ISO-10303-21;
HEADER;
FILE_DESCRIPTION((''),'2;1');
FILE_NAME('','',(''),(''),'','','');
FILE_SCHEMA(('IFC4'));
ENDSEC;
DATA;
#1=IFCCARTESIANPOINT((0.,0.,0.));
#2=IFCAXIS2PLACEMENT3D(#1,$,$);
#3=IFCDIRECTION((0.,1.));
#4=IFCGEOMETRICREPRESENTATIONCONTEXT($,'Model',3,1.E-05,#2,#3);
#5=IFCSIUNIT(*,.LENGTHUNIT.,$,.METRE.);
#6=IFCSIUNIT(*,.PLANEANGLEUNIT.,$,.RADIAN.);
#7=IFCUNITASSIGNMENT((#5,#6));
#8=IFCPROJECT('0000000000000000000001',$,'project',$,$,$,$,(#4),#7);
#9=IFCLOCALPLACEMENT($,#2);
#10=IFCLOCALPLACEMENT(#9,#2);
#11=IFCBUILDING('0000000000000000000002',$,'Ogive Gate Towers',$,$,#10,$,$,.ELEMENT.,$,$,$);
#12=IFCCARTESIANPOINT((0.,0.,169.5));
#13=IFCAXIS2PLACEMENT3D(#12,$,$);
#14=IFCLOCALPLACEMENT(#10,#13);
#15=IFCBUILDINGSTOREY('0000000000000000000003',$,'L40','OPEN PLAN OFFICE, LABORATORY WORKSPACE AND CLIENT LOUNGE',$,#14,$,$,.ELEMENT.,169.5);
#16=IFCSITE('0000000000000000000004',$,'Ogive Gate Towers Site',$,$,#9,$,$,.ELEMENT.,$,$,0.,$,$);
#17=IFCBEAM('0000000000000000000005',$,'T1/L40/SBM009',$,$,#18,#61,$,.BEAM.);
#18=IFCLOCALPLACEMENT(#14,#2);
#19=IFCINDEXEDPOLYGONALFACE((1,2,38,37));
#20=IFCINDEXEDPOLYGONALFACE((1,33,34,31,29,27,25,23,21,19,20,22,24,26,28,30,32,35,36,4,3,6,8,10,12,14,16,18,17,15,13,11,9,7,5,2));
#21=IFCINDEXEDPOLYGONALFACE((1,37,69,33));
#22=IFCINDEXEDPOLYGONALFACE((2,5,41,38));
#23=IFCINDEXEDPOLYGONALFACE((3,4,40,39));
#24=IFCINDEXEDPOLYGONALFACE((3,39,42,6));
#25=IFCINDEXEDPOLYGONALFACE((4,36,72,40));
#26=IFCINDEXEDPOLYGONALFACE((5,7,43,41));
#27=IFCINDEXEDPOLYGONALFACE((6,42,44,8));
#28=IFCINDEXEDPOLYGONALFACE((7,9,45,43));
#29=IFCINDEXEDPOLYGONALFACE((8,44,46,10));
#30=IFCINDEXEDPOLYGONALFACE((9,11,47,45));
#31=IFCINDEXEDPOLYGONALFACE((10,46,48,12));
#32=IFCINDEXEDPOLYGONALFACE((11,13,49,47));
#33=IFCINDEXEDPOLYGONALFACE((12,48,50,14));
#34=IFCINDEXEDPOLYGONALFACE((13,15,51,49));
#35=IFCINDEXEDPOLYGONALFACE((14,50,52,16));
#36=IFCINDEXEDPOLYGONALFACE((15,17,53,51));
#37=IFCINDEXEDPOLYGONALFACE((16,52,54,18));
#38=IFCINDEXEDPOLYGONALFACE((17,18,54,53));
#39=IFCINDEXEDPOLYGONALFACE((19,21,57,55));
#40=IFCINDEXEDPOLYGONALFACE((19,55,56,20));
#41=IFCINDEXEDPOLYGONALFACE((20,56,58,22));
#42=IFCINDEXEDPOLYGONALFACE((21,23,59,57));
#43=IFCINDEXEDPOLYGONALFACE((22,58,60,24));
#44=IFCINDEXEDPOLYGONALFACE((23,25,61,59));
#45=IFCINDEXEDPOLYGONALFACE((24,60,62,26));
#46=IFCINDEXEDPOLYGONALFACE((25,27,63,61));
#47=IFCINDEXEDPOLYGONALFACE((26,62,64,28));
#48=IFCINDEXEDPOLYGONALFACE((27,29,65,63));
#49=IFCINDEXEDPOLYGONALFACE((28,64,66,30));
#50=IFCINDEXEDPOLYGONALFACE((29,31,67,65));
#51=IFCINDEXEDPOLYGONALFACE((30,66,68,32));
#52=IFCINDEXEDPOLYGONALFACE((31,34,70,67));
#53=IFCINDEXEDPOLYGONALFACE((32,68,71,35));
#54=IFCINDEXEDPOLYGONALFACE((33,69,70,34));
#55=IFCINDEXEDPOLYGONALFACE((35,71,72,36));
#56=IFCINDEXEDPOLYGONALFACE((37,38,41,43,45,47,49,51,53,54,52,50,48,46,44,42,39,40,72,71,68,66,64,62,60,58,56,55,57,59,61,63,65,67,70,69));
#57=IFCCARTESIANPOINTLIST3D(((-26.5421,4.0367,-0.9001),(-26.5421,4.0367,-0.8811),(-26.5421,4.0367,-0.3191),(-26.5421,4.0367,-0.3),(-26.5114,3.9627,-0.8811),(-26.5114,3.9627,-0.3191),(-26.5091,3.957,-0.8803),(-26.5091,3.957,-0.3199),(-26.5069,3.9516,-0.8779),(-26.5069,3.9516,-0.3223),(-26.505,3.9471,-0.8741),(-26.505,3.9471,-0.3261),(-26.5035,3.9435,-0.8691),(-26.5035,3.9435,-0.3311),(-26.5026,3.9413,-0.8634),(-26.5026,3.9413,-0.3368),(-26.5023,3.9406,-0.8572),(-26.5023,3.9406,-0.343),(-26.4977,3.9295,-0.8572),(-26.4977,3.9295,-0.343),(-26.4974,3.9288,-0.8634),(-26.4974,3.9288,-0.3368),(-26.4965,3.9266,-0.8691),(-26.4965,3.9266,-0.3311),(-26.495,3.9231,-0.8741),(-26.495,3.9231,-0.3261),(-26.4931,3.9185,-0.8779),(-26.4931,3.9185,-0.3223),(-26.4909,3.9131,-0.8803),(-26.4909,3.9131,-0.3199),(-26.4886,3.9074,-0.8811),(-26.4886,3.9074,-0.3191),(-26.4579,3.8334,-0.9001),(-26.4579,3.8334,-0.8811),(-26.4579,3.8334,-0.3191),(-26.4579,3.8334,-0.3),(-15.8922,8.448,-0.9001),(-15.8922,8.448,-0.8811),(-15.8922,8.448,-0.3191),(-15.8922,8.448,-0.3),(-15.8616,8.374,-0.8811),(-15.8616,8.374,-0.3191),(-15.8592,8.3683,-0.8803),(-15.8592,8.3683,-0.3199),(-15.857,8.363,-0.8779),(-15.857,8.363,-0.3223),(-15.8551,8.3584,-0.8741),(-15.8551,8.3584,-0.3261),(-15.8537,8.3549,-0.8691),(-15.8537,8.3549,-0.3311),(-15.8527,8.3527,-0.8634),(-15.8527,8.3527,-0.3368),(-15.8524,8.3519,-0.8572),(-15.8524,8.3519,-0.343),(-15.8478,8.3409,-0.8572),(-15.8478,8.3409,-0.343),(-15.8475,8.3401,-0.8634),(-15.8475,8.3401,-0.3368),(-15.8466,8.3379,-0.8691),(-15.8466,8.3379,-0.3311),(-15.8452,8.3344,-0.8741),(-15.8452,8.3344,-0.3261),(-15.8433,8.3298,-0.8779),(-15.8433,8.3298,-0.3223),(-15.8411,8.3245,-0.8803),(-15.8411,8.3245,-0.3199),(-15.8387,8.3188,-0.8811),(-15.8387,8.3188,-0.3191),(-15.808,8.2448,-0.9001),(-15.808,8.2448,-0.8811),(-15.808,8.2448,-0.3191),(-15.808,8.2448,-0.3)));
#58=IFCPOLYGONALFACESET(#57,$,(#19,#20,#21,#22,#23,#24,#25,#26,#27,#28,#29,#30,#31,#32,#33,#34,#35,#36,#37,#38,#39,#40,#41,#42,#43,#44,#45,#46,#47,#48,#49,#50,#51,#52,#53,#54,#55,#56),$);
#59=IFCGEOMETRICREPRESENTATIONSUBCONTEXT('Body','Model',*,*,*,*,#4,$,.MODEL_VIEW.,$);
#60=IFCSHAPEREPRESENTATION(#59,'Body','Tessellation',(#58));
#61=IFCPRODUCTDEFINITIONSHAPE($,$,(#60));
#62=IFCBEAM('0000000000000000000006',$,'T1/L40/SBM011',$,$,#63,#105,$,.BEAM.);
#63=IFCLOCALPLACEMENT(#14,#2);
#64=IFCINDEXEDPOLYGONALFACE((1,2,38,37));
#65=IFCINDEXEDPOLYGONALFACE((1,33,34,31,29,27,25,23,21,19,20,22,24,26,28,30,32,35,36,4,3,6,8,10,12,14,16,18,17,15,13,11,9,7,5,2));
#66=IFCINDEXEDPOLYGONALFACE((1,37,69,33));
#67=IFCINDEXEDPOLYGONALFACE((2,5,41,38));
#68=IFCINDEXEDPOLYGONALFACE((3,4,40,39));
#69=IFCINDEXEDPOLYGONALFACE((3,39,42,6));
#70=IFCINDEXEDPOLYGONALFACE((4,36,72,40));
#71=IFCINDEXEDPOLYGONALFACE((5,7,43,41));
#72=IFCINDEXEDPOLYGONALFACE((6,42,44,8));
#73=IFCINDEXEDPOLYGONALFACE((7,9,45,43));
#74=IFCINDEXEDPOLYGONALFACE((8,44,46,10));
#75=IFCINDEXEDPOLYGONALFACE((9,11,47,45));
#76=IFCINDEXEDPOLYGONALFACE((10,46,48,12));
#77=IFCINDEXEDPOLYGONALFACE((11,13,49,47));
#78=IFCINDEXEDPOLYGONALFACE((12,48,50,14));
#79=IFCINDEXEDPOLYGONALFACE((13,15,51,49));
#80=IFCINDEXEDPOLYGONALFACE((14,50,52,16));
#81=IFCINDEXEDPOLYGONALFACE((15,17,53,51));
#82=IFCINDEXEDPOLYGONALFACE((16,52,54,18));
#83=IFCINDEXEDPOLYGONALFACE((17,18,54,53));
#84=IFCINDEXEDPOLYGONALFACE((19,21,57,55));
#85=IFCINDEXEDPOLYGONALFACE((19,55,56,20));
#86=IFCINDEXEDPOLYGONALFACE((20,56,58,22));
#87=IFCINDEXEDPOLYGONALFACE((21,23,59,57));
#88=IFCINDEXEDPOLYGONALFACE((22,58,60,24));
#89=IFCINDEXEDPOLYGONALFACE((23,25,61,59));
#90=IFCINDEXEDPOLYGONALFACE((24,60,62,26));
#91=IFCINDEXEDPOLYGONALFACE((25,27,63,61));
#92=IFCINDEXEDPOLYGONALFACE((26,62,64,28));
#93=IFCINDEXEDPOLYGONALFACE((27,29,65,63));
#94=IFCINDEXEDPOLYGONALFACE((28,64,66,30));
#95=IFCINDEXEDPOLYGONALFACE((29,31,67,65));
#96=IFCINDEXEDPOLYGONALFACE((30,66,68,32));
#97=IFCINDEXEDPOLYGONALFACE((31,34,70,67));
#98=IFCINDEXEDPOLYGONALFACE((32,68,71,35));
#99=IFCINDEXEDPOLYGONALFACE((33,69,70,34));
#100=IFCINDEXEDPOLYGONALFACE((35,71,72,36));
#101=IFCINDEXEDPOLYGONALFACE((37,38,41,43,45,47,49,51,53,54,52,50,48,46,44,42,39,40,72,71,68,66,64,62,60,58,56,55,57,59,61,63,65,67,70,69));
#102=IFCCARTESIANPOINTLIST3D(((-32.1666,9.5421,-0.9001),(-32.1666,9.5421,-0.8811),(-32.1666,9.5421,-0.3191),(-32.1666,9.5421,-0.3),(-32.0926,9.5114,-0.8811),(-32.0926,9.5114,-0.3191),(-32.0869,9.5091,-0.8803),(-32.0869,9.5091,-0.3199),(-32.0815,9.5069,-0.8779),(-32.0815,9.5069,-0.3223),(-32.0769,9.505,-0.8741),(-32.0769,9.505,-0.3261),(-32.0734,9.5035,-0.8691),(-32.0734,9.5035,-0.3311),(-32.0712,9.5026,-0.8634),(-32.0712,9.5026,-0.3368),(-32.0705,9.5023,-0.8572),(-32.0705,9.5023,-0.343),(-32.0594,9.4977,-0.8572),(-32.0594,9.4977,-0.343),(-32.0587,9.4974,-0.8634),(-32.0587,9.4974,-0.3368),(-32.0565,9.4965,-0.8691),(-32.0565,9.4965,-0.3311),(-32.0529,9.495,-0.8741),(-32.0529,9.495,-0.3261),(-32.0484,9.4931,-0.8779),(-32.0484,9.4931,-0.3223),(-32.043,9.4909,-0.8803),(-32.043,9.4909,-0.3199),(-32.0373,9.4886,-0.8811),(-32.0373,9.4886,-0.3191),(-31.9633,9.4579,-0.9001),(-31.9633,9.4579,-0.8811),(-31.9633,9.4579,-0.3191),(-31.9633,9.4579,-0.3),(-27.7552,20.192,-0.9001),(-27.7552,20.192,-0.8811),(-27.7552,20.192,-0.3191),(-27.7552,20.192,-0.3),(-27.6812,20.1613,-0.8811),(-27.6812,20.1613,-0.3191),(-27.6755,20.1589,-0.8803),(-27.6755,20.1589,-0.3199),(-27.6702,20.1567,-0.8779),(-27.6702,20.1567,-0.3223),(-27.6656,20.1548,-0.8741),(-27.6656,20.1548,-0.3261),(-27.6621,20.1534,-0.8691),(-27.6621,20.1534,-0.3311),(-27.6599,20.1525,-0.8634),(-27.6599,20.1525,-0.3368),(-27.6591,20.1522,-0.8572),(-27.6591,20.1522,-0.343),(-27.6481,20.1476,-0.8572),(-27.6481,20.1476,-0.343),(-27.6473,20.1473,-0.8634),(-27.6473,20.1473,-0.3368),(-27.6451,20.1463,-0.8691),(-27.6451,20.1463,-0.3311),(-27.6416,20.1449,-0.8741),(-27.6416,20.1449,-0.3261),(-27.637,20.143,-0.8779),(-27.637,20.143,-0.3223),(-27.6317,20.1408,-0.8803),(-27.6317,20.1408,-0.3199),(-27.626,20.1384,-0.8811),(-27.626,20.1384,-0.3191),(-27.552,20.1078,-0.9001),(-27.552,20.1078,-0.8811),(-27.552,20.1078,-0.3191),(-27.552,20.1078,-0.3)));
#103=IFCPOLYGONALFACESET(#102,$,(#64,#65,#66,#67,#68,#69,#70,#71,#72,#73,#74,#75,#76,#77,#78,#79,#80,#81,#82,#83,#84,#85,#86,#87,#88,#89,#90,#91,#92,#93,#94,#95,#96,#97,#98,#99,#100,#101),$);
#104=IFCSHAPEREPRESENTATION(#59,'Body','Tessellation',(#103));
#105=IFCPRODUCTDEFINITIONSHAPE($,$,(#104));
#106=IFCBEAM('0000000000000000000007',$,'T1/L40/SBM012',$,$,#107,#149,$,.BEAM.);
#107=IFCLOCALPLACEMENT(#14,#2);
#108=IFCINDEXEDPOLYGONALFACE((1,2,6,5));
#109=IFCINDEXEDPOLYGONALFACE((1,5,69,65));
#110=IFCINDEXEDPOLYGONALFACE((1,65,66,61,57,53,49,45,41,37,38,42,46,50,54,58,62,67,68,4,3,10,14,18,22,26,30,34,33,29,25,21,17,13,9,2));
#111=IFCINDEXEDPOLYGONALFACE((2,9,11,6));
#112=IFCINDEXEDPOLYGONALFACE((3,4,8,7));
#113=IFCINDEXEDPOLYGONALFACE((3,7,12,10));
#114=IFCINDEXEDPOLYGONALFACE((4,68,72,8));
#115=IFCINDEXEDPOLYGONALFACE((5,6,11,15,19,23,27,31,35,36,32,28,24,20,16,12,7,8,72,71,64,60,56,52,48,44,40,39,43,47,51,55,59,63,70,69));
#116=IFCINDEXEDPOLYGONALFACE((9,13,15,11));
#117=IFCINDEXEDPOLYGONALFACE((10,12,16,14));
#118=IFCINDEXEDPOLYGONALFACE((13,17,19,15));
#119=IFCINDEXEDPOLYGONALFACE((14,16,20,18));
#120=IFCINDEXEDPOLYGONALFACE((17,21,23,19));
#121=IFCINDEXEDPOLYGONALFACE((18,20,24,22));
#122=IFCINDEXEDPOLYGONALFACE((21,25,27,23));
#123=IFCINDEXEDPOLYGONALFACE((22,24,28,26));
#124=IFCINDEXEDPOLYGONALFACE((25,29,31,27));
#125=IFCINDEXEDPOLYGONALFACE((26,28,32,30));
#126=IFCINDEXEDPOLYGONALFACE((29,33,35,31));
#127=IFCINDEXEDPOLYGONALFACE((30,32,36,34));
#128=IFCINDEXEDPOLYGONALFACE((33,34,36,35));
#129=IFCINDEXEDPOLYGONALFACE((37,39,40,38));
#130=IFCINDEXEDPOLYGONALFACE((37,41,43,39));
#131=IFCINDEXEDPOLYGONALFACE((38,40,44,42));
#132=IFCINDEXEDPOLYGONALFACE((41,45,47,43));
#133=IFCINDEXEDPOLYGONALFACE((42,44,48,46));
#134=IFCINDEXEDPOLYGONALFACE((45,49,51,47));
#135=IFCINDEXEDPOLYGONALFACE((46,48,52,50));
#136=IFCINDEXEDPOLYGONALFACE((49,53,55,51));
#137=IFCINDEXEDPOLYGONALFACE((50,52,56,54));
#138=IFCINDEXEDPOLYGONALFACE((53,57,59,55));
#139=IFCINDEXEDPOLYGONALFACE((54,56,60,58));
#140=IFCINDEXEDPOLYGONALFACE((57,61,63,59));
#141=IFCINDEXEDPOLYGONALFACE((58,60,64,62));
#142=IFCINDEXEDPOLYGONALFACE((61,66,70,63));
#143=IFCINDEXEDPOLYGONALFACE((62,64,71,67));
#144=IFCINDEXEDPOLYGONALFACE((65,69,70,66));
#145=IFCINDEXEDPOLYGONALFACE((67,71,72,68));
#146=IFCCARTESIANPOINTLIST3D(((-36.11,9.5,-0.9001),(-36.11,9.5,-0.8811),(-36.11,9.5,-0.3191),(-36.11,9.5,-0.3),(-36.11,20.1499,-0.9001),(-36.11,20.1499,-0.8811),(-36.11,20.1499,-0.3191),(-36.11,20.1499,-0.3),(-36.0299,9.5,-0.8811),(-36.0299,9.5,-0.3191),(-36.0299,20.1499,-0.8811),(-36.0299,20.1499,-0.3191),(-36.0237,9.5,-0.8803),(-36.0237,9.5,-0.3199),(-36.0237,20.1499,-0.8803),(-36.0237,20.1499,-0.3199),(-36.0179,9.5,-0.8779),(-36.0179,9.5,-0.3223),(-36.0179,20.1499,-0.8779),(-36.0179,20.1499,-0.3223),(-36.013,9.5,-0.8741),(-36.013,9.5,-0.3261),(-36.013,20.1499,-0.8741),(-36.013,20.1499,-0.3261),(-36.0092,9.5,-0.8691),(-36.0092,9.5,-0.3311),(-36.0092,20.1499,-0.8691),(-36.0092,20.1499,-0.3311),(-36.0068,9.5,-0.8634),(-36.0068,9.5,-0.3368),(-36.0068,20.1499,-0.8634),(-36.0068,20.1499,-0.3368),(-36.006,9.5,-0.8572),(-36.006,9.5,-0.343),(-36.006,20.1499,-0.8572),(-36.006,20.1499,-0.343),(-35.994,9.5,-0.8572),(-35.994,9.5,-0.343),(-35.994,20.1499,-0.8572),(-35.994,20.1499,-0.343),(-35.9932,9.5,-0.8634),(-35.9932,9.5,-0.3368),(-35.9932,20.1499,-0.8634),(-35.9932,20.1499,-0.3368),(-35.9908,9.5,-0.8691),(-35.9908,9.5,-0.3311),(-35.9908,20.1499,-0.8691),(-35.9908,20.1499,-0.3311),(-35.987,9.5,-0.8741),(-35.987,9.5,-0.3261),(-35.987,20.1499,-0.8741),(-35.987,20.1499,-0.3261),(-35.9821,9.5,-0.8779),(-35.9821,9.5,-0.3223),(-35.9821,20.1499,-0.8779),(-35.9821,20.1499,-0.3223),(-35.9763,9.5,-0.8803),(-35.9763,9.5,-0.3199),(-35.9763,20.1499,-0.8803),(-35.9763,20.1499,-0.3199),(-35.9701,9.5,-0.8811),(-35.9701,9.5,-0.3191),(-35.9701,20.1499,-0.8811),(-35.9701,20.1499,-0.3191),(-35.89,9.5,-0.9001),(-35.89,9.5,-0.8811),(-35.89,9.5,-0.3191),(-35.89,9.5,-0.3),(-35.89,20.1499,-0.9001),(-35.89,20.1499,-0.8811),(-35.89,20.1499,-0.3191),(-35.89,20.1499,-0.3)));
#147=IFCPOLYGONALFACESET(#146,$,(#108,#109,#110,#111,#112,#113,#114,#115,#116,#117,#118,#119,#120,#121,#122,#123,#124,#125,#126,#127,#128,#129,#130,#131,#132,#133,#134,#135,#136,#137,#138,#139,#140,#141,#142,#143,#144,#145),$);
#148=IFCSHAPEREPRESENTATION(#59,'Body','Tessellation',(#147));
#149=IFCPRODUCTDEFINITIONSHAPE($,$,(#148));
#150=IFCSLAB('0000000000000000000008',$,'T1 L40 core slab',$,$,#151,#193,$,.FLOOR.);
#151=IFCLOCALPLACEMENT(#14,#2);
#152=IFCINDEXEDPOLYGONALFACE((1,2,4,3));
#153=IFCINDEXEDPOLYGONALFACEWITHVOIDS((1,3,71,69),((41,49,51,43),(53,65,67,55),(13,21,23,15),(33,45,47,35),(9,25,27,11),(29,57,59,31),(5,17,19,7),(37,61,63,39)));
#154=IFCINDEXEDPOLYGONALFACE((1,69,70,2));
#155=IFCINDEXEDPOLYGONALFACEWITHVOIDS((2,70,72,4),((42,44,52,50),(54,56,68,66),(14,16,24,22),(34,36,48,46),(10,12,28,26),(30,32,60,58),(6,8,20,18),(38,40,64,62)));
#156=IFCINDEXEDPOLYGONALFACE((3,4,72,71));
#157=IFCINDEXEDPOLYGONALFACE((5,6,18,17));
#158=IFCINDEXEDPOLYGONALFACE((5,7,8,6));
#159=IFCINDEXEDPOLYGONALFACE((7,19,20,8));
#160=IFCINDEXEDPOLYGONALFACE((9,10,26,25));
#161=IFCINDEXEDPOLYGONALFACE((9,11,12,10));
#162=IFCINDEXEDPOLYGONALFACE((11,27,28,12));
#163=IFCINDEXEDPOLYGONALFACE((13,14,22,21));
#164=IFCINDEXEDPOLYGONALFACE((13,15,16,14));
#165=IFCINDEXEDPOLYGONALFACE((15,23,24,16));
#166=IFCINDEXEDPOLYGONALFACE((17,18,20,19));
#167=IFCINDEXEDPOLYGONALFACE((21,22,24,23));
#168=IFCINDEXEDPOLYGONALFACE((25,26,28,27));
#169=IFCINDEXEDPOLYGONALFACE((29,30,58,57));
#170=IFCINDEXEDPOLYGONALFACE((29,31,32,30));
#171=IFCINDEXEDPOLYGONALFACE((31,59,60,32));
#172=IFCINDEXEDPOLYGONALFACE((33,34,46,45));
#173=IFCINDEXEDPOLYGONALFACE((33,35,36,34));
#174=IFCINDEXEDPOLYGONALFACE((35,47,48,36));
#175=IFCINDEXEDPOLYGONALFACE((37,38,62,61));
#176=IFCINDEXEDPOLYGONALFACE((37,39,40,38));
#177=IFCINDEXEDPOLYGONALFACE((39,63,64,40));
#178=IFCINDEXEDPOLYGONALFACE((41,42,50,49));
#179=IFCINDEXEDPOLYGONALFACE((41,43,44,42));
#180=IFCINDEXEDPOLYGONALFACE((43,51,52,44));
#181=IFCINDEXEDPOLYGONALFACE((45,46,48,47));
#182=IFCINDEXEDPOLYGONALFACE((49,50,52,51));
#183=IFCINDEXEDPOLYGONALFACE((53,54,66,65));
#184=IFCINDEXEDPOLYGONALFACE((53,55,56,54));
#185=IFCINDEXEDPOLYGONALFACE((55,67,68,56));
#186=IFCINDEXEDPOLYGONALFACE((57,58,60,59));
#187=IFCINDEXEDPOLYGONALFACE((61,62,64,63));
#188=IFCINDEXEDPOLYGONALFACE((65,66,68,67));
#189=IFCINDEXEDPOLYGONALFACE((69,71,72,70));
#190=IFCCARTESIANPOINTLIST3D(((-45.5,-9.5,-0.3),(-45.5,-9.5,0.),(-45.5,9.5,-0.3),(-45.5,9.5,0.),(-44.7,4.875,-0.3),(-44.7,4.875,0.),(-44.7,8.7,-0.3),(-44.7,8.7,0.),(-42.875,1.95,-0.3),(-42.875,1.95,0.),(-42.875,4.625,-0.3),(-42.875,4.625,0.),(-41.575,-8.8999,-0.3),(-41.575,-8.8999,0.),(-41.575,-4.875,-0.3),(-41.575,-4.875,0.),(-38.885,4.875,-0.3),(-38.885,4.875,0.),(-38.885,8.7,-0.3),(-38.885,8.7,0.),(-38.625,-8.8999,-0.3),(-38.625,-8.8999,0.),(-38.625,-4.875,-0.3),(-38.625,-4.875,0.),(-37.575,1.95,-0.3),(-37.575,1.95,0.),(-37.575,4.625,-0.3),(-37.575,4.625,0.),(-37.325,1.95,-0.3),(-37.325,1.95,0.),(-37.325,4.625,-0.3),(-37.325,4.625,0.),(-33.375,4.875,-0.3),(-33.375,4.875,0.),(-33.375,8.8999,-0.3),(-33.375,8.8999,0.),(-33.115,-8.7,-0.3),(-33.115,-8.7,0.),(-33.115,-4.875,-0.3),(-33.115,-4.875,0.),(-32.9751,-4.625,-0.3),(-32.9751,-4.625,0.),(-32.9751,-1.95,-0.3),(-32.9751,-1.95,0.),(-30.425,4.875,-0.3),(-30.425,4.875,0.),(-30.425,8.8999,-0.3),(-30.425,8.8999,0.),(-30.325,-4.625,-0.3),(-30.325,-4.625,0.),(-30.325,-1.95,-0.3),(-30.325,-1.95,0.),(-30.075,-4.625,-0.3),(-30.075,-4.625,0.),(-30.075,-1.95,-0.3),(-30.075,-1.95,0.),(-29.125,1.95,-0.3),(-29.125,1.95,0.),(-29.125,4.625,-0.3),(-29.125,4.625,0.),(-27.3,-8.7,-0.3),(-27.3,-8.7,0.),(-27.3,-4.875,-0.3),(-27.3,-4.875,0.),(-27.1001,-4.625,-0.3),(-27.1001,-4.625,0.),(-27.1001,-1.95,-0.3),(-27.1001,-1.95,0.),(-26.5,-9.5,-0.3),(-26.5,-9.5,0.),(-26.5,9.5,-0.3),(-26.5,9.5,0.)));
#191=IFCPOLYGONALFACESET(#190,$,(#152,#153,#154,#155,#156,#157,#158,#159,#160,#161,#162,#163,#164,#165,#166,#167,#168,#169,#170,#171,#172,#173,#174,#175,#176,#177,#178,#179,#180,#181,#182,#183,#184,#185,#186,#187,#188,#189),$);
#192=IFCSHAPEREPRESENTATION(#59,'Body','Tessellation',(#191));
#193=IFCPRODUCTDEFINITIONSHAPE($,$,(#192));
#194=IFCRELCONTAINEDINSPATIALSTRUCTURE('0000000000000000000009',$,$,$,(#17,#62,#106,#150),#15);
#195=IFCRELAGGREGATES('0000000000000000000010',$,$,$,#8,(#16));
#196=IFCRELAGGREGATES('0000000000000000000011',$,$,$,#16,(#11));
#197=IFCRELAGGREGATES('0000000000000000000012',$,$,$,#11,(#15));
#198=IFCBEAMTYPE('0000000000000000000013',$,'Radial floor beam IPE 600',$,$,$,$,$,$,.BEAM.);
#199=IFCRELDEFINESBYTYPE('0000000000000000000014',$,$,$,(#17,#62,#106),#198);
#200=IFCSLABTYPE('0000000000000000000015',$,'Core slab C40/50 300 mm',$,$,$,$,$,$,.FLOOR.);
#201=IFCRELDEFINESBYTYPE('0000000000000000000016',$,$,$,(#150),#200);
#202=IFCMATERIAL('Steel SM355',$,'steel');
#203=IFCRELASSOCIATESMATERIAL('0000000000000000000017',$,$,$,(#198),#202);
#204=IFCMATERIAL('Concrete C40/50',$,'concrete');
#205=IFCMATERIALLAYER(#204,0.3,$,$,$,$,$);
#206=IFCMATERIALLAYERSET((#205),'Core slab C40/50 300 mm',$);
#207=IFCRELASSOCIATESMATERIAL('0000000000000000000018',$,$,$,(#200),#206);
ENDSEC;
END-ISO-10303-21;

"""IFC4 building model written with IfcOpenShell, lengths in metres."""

from ifc_helpers import new_model, si_unit, direction, frame, origin, origin_2d, place, context, subcontext, project, spatial, polyline, i_section, outline, extrude, material, layer, layer_set, material_profile, profile_set, type_object, element, save


model = new_model("IFC4")

# Units and contexts
model_context = context("Model", 3, precision=1e-05, world=origin(), true_north=direction((0.0, 1.0)))
body_context = subcontext(model_context, "Body", "Model", "MODEL_VIEW")
ifc_project = project(units=[si_unit("LENGTHUNIT", "METRE"), si_unit("PLANEANGLEUNIT", "RADIAN")], contexts=[model_context])

# Site, building, storey
site_placement = place(None, origin())
site = spatial("IfcSite", under=ifc_project, at=site_placement, Name="Ogive Gate Towers Site", CompositionType="ELEMENT", RefElevation=0.0)
building_placement = place(site_placement, origin())
building = spatial("IfcBuilding", under=site, at=building_placement, Name="Ogive Gate Towers", CompositionType="ELEMENT")
storey_placement = place(building_placement, frame((0.0, 0.0, 169.5)))
storey = spatial("IfcBuildingStorey", under=building, at=storey_placement, Name="L40", Description="OPEN PLAN OFFICE, LABORATORY WORKSPACE AND CLIENT LOUNGE", CompositionType="ELEMENT", Elevation=169.5)

# Beams
ifc_material_1 = material(Name="Steel SM355", Category="steel")
ifc_material_profile_1 = material_profile(ifc_material_1, i_section(OverallWidth=0.22, OverallDepth=0.6001, WebThickness=0.012, FlangeThickness=0.019, FilletRadius=0.0239, at=origin_2d()), Name="IPE 600")
ifc_profile_set_1 = profile_set([ifc_material_profile_1], Name="Steel SM355")
beam_type_1 = type_object("IfcBeamType", Name="Radial floor beam IPE 600", PredefinedType="BEAM", material=ifc_profile_set_1)
for number, where, z_axis, x_axis, name in (
    (1, (-26.5, 3.9351, -0.6001), (0.923878, 0.382687, 0.0), (-0.382687, 0.923878, 0.0), "T1/L40/SBM009"),
    (2, (-32.0649, 9.5, -0.6001), (0.382687, 0.923878, 0.0), (-0.923878, 0.382687, 0.0), "T1/L40/SBM011"),
):
    element("IfcBeam", number, at=place(storey_placement, frame(where, z_axis=z_axis, x_axis=x_axis)), inside=storey, type_object=beam_type_1, Name=name, PredefinedType="BEAM", context=body_context, shape_type="SweptSolid", body=[
        extrude(i_section(OverallWidth=0.22, OverallDepth=0.6001, WebThickness=0.012, FlangeThickness=0.019, FilletRadius=0.0239, at=origin_2d()), origin(), (0.0, 0.0, 1.0), 11.5273),
    ])
beam_1_placement = place(storey_placement, frame((-36.0, 9.5, -0.6001), z_axis=(0.0, 1.0, 0.0), x_axis=(-1.0, 0.0, 0.0)))
element("IfcBeam", 3, at=beam_1_placement, inside=storey, type_object=beam_type_1, Name="T1/L40/SBM012", PredefinedType="BEAM", context=body_context, shape_type="SweptSolid", body=[
    extrude(i_section(OverallWidth=0.22, OverallDepth=0.6001, WebThickness=0.012, FlangeThickness=0.019, FilletRadius=0.0239, at=origin_2d()), origin(), (0.0, 0.0, 1.0), 10.6499),
])

# Slab
ifc_material_2 = material(Name="Concrete C40/50", Category="concrete")
ifc_layer_1 = layer(ifc_material_2, 0.3)
ifc_layer_set_1 = layer_set([ifc_layer_1], Name="Core slab C40/50 300 mm")
slab_type_1 = type_object("IfcSlabType", Name="Core slab C40/50 300 mm", PredefinedType="FLOOR", material=ifc_layer_set_1)
slab_1_placement = place(storey_placement, frame((0.0, 0.0, -0.3)))
element("IfcSlab", 4, at=slab_1_placement, inside=storey, type_object=slab_type_1, Name="T1 L40 core slab", PredefinedType="FLOOR", context=body_context, shape_type="SweptSolid", body=[
    extrude(outline(polyline([(-45.5, -9.5), (-45.5, 9.5), (-26.5, 9.5), (-26.5, -9.5), (-45.5, -9.5)]), holes=[polyline([(-42.875, 1.95), (-37.575, 1.95), (-37.575, 4.625), (-42.875, 4.625), (-42.875, 1.95)]), polyline([(-37.325, 4.625), (-37.325, 1.95), (-29.125, 1.95), (-29.125, 4.625), (-37.325, 4.625)]), polyline([(-30.325, -1.95), (-32.9751, -1.95), (-32.9751, -4.625), (-30.325, -4.625), (-30.325, -1.95)]), polyline([(-27.1001, -4.625), (-27.1001, -1.95), (-30.075, -1.95), (-30.075, -4.625), (-27.1001, -4.625)]), polyline([(-33.375, 4.875), (-30.425, 4.875), (-30.425, 8.8999), (-33.375, 8.8999), (-33.375, 4.875)]), polyline([(-41.575, -4.875), (-41.575, -8.8999), (-38.625, -8.8999), (-38.625, -4.875), (-41.575, -4.875)]), polyline([(-44.7, 4.875), (-38.885, 4.875), (-38.885, 8.7), (-44.7, 8.7), (-44.7, 4.875)]), polyline([(-27.3, -8.7), (-27.3, -4.875), (-33.115, -4.875), (-33.115, -8.7), (-27.3, -8.7)])]), origin(), (0.0, 0.0, 1.0), 0.3),
])

save(model, "model.ifc")
